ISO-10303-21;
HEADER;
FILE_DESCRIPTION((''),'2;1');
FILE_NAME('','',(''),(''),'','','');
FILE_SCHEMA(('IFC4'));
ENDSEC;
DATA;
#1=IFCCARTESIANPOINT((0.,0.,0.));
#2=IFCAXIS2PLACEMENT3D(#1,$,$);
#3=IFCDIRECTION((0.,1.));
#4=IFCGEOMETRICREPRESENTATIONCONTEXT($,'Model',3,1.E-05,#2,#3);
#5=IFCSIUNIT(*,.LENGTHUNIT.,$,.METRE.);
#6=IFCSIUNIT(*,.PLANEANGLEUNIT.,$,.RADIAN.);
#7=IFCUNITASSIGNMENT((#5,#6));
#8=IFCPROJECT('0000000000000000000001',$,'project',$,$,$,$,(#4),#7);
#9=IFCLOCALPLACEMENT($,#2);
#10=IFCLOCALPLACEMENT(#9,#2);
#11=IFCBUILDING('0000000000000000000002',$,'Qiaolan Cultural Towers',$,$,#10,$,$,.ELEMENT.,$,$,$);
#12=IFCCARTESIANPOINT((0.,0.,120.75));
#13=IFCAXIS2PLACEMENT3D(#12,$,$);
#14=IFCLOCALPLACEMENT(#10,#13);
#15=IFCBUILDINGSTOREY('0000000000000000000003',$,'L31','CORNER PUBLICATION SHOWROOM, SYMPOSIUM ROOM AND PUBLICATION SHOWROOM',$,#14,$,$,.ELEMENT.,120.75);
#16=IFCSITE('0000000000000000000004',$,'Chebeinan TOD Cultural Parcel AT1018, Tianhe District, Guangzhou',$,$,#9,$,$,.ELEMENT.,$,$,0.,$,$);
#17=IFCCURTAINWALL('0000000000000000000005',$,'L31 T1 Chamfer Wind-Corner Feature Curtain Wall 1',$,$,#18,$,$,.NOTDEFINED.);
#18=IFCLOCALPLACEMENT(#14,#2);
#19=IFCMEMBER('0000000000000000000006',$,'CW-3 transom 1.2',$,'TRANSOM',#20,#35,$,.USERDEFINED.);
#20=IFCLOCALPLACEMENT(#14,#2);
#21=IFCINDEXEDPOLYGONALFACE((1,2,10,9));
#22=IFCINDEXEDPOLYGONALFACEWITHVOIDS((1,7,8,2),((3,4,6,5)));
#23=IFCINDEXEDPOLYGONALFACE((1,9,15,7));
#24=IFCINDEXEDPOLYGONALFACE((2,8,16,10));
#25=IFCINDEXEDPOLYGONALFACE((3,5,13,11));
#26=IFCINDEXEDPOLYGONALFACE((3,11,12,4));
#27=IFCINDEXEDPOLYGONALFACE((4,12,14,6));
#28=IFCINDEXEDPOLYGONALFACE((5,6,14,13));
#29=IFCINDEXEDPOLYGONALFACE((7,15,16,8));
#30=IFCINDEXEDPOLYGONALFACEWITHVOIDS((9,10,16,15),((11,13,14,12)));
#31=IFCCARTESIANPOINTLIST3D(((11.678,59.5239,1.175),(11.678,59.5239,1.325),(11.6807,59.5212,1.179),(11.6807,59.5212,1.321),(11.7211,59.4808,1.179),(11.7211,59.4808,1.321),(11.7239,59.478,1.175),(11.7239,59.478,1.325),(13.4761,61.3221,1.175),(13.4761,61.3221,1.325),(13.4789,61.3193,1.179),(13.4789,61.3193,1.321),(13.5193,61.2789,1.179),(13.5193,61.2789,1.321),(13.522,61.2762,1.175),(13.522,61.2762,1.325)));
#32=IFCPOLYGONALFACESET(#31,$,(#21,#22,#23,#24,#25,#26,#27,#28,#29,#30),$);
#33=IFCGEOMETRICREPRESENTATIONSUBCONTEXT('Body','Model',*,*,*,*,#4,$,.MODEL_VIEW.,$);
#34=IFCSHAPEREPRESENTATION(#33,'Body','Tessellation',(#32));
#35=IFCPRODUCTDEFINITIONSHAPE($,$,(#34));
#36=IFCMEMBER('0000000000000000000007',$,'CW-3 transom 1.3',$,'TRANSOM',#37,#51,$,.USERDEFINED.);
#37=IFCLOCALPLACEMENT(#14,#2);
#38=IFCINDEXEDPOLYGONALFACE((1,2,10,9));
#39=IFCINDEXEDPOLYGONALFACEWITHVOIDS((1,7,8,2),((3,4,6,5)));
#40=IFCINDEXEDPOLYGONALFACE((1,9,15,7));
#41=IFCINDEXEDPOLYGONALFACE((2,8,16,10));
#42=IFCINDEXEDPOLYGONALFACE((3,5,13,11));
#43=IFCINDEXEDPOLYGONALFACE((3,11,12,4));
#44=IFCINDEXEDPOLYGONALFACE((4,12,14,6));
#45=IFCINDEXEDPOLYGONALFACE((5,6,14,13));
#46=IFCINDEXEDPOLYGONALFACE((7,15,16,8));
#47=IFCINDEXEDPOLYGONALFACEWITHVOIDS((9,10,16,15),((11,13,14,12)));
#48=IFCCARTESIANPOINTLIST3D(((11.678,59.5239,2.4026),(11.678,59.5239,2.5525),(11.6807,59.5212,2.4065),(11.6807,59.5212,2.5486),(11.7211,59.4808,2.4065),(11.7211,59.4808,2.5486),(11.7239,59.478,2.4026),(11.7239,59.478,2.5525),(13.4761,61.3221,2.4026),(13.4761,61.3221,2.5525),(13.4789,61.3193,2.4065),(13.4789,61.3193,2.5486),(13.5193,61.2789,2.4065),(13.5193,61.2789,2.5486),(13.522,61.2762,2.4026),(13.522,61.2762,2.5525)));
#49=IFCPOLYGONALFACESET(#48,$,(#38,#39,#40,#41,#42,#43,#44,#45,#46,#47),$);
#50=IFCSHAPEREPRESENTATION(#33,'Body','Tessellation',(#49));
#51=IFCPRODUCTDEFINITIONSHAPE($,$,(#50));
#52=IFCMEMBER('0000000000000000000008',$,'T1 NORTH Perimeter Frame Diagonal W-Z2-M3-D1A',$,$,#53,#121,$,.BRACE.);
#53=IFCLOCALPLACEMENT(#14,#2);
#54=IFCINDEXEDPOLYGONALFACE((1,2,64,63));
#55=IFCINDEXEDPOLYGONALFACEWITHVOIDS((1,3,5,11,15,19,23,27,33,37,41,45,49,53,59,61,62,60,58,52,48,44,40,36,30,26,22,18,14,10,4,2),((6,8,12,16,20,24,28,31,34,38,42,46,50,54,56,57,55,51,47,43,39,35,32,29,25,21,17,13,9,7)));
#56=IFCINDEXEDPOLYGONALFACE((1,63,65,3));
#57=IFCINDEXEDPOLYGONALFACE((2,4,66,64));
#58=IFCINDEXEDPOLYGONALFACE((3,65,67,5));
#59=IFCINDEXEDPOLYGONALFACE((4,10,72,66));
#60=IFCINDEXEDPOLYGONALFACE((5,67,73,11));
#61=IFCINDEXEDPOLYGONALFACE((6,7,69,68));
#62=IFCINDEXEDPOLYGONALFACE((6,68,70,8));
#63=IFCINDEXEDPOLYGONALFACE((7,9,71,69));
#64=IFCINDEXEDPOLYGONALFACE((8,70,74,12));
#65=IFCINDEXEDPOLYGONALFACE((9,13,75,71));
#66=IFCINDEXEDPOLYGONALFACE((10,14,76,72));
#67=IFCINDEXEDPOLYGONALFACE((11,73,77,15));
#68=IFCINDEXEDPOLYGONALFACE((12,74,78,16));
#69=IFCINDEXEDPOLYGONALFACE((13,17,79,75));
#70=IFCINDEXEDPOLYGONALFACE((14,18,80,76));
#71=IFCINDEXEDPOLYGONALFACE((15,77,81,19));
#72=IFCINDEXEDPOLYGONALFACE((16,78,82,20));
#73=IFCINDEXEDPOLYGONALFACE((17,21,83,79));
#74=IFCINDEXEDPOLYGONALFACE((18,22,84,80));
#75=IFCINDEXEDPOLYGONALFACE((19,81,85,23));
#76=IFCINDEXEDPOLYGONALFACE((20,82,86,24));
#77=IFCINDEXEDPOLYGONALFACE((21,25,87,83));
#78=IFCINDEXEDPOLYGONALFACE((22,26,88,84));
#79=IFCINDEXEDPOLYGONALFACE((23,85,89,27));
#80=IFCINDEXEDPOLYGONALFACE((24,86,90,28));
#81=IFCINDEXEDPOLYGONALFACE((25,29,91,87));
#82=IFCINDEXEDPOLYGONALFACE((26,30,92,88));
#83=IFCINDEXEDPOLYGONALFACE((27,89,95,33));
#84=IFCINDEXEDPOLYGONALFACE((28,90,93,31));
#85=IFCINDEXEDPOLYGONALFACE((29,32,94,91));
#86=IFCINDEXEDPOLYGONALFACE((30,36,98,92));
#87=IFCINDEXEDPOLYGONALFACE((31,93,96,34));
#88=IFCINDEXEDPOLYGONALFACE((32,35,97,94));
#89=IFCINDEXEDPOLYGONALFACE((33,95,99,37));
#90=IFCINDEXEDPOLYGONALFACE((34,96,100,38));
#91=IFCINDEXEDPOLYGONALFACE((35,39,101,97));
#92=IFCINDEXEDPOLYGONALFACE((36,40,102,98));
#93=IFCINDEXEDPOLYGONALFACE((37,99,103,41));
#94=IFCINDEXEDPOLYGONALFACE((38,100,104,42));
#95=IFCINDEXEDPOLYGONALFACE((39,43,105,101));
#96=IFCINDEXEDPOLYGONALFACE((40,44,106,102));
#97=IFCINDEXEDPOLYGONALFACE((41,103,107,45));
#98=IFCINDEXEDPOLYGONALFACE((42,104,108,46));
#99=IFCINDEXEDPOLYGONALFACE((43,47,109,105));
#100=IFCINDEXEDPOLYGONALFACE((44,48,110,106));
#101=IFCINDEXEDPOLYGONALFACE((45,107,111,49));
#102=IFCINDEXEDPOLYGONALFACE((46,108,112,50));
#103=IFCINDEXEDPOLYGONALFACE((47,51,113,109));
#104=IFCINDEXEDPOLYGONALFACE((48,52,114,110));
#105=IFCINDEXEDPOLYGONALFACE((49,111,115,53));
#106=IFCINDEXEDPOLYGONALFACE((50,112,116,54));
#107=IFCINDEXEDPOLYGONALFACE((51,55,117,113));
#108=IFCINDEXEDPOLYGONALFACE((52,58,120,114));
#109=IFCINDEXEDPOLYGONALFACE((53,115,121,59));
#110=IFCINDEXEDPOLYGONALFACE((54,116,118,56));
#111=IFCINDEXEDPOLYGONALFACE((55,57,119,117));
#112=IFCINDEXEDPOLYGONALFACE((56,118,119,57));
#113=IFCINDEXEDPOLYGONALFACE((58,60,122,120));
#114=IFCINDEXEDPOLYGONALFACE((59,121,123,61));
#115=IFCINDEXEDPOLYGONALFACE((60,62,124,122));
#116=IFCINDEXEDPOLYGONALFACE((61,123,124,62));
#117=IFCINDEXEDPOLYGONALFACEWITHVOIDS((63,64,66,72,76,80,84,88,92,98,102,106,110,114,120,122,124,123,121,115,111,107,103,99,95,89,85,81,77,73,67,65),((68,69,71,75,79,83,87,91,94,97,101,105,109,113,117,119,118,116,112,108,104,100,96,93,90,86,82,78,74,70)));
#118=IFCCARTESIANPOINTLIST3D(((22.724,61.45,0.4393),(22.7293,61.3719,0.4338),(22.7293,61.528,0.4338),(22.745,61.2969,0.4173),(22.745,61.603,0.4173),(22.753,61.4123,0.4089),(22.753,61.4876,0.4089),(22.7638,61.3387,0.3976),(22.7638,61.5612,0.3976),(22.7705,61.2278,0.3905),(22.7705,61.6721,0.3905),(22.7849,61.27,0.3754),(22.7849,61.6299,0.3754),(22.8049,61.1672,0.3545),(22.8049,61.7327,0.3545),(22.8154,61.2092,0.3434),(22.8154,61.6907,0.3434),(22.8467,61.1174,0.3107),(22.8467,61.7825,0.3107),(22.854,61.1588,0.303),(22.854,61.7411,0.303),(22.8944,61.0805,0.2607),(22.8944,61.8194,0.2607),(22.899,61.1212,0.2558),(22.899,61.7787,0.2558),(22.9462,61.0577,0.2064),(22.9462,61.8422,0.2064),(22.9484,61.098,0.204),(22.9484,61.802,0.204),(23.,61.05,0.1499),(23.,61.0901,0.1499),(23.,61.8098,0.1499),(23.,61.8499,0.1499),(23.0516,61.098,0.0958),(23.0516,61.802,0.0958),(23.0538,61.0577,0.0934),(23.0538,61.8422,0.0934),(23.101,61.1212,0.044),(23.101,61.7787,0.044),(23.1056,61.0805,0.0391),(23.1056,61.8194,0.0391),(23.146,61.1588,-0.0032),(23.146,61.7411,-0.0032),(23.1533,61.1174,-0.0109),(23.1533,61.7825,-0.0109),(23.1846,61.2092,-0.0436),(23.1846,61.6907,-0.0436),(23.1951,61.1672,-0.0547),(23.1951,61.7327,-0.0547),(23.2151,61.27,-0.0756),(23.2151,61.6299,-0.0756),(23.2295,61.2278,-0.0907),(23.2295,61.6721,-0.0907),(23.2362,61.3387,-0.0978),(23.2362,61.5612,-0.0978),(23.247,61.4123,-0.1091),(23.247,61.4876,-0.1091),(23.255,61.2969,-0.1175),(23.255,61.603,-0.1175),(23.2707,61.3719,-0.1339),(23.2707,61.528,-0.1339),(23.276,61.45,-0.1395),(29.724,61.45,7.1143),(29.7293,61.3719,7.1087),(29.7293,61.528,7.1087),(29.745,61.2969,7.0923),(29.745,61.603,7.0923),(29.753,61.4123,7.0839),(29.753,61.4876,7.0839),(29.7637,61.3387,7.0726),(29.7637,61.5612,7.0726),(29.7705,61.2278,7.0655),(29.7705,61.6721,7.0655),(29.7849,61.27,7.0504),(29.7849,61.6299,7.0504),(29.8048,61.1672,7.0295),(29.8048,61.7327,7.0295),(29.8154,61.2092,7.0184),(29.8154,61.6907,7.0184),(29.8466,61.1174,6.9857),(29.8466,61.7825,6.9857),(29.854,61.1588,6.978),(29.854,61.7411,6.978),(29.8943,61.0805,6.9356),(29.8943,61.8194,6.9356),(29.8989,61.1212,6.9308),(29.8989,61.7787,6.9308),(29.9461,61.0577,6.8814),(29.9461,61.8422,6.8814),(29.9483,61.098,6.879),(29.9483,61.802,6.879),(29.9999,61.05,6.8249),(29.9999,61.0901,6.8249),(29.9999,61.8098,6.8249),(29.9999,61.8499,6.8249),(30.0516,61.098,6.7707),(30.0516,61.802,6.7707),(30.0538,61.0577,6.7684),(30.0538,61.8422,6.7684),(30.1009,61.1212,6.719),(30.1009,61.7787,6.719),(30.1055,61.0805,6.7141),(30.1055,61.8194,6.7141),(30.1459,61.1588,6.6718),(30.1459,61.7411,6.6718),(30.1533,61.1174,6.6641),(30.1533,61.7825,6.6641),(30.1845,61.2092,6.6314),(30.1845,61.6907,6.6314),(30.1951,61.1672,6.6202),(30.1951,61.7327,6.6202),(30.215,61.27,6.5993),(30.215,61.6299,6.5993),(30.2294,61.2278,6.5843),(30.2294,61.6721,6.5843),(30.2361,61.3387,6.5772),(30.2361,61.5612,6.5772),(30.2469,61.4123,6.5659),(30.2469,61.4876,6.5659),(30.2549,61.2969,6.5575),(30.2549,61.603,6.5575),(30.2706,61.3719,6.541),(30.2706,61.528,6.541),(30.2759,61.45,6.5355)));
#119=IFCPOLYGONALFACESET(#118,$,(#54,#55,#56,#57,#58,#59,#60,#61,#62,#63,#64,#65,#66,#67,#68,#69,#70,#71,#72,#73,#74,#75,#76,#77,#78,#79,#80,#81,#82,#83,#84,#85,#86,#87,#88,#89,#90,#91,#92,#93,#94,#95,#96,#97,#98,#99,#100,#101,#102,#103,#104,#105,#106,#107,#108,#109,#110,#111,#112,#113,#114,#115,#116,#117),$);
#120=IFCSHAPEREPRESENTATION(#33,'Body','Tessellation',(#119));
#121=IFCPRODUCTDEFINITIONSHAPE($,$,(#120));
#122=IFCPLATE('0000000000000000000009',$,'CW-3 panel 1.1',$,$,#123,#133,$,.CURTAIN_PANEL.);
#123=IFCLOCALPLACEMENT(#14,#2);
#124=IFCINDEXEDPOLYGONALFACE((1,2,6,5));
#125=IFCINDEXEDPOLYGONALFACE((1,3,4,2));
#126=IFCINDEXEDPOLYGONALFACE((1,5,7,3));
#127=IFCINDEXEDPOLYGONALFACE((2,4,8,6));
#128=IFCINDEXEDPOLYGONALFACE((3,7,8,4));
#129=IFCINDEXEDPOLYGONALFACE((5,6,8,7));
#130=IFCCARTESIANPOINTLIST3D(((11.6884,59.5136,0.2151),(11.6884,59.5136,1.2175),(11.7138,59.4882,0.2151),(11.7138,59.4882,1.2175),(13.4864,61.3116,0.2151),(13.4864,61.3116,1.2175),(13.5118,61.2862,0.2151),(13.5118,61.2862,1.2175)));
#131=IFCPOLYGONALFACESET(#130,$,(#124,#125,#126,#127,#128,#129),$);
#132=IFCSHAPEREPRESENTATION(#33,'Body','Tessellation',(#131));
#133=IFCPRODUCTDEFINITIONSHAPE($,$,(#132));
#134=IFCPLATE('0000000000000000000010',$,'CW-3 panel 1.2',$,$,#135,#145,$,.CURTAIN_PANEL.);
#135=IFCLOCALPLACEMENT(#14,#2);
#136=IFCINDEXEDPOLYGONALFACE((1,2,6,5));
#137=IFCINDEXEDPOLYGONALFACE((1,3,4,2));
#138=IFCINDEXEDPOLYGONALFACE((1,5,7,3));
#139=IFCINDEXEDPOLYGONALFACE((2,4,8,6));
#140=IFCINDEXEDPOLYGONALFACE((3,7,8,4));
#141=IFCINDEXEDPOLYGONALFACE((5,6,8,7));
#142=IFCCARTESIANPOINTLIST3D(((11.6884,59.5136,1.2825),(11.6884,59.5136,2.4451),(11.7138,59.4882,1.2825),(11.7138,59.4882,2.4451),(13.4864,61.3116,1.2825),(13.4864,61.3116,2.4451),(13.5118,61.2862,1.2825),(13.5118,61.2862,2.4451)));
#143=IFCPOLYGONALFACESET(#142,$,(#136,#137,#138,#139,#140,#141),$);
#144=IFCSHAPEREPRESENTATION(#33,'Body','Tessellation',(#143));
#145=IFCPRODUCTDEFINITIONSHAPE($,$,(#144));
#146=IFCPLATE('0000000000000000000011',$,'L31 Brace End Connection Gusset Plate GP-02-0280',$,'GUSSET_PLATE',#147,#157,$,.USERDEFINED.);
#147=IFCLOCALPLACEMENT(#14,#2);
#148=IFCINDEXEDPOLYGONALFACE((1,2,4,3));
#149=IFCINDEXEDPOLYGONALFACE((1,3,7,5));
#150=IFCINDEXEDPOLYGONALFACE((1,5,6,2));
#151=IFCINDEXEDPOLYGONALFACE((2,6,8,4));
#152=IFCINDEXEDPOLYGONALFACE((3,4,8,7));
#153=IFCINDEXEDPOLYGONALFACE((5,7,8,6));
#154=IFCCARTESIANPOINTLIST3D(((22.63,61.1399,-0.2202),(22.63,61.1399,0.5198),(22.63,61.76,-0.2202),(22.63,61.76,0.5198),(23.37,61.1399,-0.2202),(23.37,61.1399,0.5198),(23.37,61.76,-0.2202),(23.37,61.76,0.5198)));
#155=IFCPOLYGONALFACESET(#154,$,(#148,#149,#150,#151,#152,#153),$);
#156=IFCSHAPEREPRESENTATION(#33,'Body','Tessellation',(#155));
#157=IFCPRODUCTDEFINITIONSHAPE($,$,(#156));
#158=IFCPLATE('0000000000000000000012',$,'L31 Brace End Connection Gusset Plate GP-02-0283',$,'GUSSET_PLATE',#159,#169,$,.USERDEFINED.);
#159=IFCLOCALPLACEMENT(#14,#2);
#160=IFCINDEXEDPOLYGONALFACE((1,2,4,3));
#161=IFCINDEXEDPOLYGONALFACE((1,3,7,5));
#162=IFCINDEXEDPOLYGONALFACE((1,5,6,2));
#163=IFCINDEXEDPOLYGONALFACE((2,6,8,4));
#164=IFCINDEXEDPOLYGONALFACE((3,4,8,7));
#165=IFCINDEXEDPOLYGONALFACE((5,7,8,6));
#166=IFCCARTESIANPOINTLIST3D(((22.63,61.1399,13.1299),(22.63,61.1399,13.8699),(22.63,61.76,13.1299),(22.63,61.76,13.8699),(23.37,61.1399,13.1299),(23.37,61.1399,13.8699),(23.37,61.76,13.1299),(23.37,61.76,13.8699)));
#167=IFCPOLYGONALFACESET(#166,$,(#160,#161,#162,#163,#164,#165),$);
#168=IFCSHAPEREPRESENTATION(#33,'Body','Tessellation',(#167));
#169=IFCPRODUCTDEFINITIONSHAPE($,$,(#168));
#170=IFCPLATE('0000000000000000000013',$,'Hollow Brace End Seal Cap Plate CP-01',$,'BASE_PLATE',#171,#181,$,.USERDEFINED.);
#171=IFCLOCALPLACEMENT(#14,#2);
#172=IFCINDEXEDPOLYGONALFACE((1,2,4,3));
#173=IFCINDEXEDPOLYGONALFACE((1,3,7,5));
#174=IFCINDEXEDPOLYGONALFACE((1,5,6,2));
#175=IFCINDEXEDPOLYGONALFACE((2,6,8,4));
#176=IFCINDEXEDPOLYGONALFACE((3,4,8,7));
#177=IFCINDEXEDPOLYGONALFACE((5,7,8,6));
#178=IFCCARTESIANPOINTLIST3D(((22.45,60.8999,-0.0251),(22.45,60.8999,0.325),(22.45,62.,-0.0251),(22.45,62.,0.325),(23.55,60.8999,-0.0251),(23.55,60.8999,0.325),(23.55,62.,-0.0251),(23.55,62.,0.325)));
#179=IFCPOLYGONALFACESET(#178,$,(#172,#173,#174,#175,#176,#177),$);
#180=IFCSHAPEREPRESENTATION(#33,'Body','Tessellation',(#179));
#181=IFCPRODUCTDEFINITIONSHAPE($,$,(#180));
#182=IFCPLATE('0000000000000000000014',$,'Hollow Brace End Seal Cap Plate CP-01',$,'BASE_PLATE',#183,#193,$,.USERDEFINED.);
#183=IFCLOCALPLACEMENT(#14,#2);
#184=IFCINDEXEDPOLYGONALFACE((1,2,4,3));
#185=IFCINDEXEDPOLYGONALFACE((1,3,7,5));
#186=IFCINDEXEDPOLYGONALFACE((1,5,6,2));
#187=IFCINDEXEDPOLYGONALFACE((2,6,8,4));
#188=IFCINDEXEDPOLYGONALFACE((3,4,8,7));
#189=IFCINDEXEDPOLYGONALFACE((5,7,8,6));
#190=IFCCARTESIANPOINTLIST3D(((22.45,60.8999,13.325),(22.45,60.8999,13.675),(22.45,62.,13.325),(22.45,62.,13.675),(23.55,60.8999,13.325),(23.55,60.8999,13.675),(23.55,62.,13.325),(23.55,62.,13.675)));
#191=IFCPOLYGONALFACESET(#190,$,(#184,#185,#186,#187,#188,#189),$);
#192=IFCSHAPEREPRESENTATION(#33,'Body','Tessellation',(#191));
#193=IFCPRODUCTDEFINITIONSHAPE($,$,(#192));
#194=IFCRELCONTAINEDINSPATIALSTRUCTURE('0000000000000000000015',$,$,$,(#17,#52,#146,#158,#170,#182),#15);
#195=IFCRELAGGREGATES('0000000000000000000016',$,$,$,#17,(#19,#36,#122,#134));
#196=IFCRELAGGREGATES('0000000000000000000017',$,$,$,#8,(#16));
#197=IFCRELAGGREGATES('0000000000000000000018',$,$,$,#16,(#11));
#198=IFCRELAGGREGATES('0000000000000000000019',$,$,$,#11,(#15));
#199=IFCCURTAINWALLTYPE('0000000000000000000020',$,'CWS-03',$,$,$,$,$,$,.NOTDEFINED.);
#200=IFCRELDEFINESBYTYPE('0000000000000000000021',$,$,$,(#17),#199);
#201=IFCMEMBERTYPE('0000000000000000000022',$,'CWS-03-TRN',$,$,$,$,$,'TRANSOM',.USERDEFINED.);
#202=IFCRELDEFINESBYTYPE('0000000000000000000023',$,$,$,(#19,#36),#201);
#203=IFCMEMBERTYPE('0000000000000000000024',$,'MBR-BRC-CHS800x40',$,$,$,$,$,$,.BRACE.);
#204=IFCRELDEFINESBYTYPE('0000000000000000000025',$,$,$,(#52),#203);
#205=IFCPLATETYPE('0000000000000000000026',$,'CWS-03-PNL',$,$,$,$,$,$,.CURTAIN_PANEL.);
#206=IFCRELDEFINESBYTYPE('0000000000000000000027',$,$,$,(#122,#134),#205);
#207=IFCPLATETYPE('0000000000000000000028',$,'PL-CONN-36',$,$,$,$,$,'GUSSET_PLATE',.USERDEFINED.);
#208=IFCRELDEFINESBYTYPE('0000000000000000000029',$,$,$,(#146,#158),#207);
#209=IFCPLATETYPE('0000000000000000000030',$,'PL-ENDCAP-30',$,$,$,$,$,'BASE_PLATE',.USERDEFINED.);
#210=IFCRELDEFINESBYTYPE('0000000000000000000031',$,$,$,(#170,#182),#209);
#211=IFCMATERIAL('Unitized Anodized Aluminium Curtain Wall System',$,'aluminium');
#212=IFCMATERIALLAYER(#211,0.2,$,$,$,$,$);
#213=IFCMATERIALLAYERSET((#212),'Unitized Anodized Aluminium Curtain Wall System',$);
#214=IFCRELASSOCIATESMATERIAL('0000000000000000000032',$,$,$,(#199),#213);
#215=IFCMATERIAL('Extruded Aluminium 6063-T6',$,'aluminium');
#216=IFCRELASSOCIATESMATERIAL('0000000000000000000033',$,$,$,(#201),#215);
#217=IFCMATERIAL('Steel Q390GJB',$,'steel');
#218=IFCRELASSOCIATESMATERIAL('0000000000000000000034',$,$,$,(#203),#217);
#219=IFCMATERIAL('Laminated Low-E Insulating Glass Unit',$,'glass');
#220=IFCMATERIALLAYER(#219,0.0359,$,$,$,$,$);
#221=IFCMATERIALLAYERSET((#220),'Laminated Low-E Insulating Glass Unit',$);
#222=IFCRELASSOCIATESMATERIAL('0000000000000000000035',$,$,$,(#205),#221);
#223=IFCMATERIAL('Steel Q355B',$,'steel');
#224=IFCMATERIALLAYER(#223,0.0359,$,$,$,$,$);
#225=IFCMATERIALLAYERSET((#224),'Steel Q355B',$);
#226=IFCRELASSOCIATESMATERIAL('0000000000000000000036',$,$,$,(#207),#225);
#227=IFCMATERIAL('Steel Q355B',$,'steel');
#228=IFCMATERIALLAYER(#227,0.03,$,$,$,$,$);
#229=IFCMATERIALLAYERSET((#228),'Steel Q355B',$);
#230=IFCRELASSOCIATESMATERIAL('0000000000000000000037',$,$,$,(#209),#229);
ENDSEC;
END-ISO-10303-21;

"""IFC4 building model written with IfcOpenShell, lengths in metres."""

from ifc_helpers import new_model, si_unit, direction, frame, origin, origin_2d, place, context, subcontext, project, spatial, rectangle, hollow_rectangle, hollow_circle, extrude, material, layer, layer_set, material_profile, profile_set, type_object, element, aggregate, save


model = new_model("IFC4")

# Units and contexts
model_context = context("Model", 3, precision=1e-05, world=origin(), true_north=direction((0.0, 1.0)))
body_context = subcontext(model_context, "Body", "Model", "MODEL_VIEW")
ifc_project = project(units=[si_unit("LENGTHUNIT", "METRE"), si_unit("PLANEANGLEUNIT", "RADIAN")], contexts=[model_context])

# Site, building, storey
site_placement = place(None, origin())
site = spatial("IfcSite", under=ifc_project, at=site_placement, Name="Chebeinan TOD Cultural Parcel AT1018, Tianhe District, Guangzhou", CompositionType="ELEMENT", RefElevation=0.0)
building_placement = place(site_placement, origin())
building = spatial("IfcBuilding", under=site, at=building_placement, Name="Qiaolan Cultural Towers", CompositionType="ELEMENT")
storey_placement = place(building_placement, frame((0.0, 0.0, 120.75)))
storey = spatial("IfcBuildingStorey", under=building, at=storey_placement, Name="L31", Description="CORNER PUBLICATION SHOWROOM, SYMPOSIUM ROOM AND PUBLICATION SHOWROOM", CompositionType="ELEMENT", Elevation=120.75)

# Curtain wall, members
ifc_material_1 = material(Name="Unitized Anodized Aluminium Curtain Wall System", Category="aluminium")
ifc_layer_1 = layer(ifc_material_1, 0.2)
ifc_layer_set_1 = layer_set([ifc_layer_1], Name="Unitized Anodized Aluminium Curtain Wall System")
curtain_wall_type = type_object("IfcCurtainWallType", Name="CWS-03", PredefinedType="NOTDEFINED", material=ifc_layer_set_1)
curtain_wall_placement = place(storey_placement, origin())
curtain_wall = element("IfcCurtainWall", 1, at=curtain_wall_placement, inside=storey, type_object=curtain_wall_type, Name="L31 T1 Chamfer Wind-Corner Feature Curtain Wall 1", PredefinedType="NOTDEFINED")
ifc_material_2 = material(Name="Extruded Aluminium 6063-T6", Category="aluminium")
ifc_material_profile_1 = material_profile(ifc_material_2, hollow_rectangle(XDim=0.0649, YDim=0.1499, WallThickness=0.0039, at=origin_2d()), Name="CWT-150x65x4")
ifc_profile_set_1 = profile_set([ifc_material_profile_1], Name="Extruded Aluminium 6063-T6")
member_type_1 = type_object("IfcMemberType", Name="CWS-03-TRN", ElementType="TRANSOM", PredefinedType="USERDEFINED", material=ifc_profile_set_1)
member_1_placement = place(storey_placement, frame((11.7009, 59.501, 1.25), z_axis=(0.707107, 0.707107, 0.0), x_axis=(-0.707107, 0.707107, 0.0)))
member_1 = element("IfcMember", 2, at=member_1_placement, type_object=member_type_1, Name="CW-3 transom 1.2", ObjectType="TRANSOM", PredefinedType="USERDEFINED", context=body_context, shape_type="SweptSolid", body=[
    extrude(hollow_rectangle(XDim=0.0649, YDim=0.1499, WallThickness=0.0039, at=origin_2d()), origin(), (0.0, 0.0, 1.0), 2.543),
])
member_2_placement = place(storey_placement, frame((11.7009, 59.501, 2.4775), z_axis=(0.707107, 0.707107, 0.0), x_axis=(-0.707107, 0.707107, 0.0)))
member_2 = element("IfcMember", 3, at=member_2_placement, type_object=member_type_1, Name="CW-3 transom 1.3", ObjectType="TRANSOM", PredefinedType="USERDEFINED", context=body_context, shape_type="SweptSolid", body=[
    extrude(hollow_rectangle(XDim=0.0649, YDim=0.1499, WallThickness=0.0039, at=origin_2d()), origin(), (0.0, 0.0, 1.0), 2.543),
])

# Member
ifc_material_3 = material(Name="Steel Q390GJB", Category="steel")
ifc_material_profile_2 = material_profile(ifc_material_3, hollow_circle(Radius=0.3999, WallThickness=0.04, at=origin_2d()), Name="CHS800x40")
ifc_profile_set_2 = profile_set([ifc_material_profile_2], Name="Steel Q390GJB")
member_type_2 = type_object("IfcMemberType", Name="MBR-BRC-CHS800x40", PredefinedType="BRACE", material=ifc_profile_set_2)
member_3_placement = place(storey_placement, frame((23.0, 61.45, 0.1499), z_axis=(0.723705, 0.0, 0.690109), x_axis=(0.0, 1.0, 0.0)))
element("IfcMember", 4, at=member_3_placement, inside=storey, type_object=member_type_2, Name="T1 NORTH Perimeter Frame Diagonal W-Z2-M3-D1A", PredefinedType="BRACE", context=body_context, shape_type="SweptSolid", body=[
    extrude(hollow_circle(Radius=0.3999, WallThickness=0.04, at=origin_2d()), origin(), (0.0, 0.0, 1.0), 9.6724),
])

# Plates
ifc_material_4 = material(Name="Laminated Low-E Insulating Glass Unit", Category="glass")
ifc_layer_2 = layer(ifc_material_4, 0.0359)
ifc_layer_set_2 = layer_set([ifc_layer_2], Name="Laminated Low-E Insulating Glass Unit")
plate_type_1 = type_object("IfcPlateType", Name="CWS-03-PNL", PredefinedType="CURTAIN_PANEL", material=ifc_layer_set_2)
plate_1_placement = place(storey_placement, frame((12.6001, 60.3999, 0.2151), z_axis=(0.0, 0.0, 1.0), x_axis=(0.707107, 0.707107, 0.0)))
plate_1 = element("IfcPlate", 5, at=plate_1_placement, type_object=plate_type_1, Name="CW-3 panel 1.1", PredefinedType="CURTAIN_PANEL", context=body_context, shape_type="SweptSolid", body=[
    extrude(rectangle(XDim=2.5427, YDim=0.0359, at=origin_2d()), origin(), (0.0, 0.0, 1.0), 1.0024),
])
plate_2_placement = place(storey_placement, frame((12.6001, 60.3999, 1.2825), z_axis=(0.0, 0.0, 1.0), x_axis=(0.707107, 0.707107, 0.0)))
plate_2 = element("IfcPlate", 6, at=plate_2_placement, type_object=plate_type_1, Name="CW-3 panel 1.2", PredefinedType="CURTAIN_PANEL", context=body_context, shape_type="SweptSolid", body=[
    extrude(rectangle(XDim=2.5427, YDim=0.0359, at=origin_2d()), origin(), (0.0, 0.0, 1.0), 1.1626),
])
aggregate(curtain_wall, [member_1, member_2, plate_1, plate_2])

# Plates
ifc_material_5 = material(Name="Steel Q355B", Category="steel")
ifc_layer_3 = layer(ifc_material_5, 0.0359)
ifc_layer_set_3 = layer_set([ifc_layer_3], Name="Steel Q355B")
plate_type_2 = type_object("IfcPlateType", Name="PL-CONN-36", ElementType="GUSSET_PLATE", PredefinedType="USERDEFINED", material=ifc_layer_set_3)
for number, where, z_axis, x_axis, name in (
    (7, (23.0, 61.45, -0.2202), (0.0, 0.0, 1.0), (1.0, 0.0, 0.0), "L31 Brace End Connection Gusset Plate GP-02-0280"),
    (8, (23.0, 61.45, 13.1299), (0.0, 0.0, 1.0), (1.0, 0.0, 0.0), "L31 Brace End Connection Gusset Plate GP-02-0283"),
):
    element("IfcPlate", number, at=place(storey_placement, frame(where, z_axis=z_axis, x_axis=x_axis)), inside=storey, type_object=plate_type_2, Name=name, ObjectType="GUSSET_PLATE", PredefinedType="USERDEFINED", context=body_context, shape_type="SweptSolid", body=[
        extrude(rectangle(XDim=0.74, YDim=0.6201, at=origin_2d()), origin(), (0.0, 0.0, 1.0), 0.74),
    ])
ifc_material_6 = material(Name="Steel Q355B", Category="steel")
ifc_layer_4 = layer(ifc_material_6, 0.03)
ifc_layer_set_4 = layer_set([ifc_layer_4], Name="Steel Q355B")
plate_type_3 = type_object("IfcPlateType", Name="PL-ENDCAP-30", ElementType="BASE_PLATE", PredefinedType="USERDEFINED", material=ifc_layer_set_4)
for number, where, z_axis, x_axis, name in (
    (9, (23.0, 61.45, -0.0251), (0.0, 0.0, 1.0), (1.0, 0.0, 0.0), "Hollow Brace End Seal Cap Plate CP-01"),
    (10, (23.0, 61.45, 13.325), (0.0, 0.0, 1.0), (1.0, 0.0, 0.0), "Hollow Brace End Seal Cap Plate CP-01"),
):
    element("IfcPlate", number, at=place(storey_placement, frame(where, z_axis=z_axis, x_axis=x_axis)), inside=storey, type_object=plate_type_3, Name=name, ObjectType="BASE_PLATE", PredefinedType="USERDEFINED", context=body_context, shape_type="SweptSolid", body=[
        extrude(rectangle(XDim=1.1001, YDim=1.1001, at=origin_2d()), origin(), (0.0, 0.0, 1.0), 0.3501),
    ])

save(model, "model.ifc")
